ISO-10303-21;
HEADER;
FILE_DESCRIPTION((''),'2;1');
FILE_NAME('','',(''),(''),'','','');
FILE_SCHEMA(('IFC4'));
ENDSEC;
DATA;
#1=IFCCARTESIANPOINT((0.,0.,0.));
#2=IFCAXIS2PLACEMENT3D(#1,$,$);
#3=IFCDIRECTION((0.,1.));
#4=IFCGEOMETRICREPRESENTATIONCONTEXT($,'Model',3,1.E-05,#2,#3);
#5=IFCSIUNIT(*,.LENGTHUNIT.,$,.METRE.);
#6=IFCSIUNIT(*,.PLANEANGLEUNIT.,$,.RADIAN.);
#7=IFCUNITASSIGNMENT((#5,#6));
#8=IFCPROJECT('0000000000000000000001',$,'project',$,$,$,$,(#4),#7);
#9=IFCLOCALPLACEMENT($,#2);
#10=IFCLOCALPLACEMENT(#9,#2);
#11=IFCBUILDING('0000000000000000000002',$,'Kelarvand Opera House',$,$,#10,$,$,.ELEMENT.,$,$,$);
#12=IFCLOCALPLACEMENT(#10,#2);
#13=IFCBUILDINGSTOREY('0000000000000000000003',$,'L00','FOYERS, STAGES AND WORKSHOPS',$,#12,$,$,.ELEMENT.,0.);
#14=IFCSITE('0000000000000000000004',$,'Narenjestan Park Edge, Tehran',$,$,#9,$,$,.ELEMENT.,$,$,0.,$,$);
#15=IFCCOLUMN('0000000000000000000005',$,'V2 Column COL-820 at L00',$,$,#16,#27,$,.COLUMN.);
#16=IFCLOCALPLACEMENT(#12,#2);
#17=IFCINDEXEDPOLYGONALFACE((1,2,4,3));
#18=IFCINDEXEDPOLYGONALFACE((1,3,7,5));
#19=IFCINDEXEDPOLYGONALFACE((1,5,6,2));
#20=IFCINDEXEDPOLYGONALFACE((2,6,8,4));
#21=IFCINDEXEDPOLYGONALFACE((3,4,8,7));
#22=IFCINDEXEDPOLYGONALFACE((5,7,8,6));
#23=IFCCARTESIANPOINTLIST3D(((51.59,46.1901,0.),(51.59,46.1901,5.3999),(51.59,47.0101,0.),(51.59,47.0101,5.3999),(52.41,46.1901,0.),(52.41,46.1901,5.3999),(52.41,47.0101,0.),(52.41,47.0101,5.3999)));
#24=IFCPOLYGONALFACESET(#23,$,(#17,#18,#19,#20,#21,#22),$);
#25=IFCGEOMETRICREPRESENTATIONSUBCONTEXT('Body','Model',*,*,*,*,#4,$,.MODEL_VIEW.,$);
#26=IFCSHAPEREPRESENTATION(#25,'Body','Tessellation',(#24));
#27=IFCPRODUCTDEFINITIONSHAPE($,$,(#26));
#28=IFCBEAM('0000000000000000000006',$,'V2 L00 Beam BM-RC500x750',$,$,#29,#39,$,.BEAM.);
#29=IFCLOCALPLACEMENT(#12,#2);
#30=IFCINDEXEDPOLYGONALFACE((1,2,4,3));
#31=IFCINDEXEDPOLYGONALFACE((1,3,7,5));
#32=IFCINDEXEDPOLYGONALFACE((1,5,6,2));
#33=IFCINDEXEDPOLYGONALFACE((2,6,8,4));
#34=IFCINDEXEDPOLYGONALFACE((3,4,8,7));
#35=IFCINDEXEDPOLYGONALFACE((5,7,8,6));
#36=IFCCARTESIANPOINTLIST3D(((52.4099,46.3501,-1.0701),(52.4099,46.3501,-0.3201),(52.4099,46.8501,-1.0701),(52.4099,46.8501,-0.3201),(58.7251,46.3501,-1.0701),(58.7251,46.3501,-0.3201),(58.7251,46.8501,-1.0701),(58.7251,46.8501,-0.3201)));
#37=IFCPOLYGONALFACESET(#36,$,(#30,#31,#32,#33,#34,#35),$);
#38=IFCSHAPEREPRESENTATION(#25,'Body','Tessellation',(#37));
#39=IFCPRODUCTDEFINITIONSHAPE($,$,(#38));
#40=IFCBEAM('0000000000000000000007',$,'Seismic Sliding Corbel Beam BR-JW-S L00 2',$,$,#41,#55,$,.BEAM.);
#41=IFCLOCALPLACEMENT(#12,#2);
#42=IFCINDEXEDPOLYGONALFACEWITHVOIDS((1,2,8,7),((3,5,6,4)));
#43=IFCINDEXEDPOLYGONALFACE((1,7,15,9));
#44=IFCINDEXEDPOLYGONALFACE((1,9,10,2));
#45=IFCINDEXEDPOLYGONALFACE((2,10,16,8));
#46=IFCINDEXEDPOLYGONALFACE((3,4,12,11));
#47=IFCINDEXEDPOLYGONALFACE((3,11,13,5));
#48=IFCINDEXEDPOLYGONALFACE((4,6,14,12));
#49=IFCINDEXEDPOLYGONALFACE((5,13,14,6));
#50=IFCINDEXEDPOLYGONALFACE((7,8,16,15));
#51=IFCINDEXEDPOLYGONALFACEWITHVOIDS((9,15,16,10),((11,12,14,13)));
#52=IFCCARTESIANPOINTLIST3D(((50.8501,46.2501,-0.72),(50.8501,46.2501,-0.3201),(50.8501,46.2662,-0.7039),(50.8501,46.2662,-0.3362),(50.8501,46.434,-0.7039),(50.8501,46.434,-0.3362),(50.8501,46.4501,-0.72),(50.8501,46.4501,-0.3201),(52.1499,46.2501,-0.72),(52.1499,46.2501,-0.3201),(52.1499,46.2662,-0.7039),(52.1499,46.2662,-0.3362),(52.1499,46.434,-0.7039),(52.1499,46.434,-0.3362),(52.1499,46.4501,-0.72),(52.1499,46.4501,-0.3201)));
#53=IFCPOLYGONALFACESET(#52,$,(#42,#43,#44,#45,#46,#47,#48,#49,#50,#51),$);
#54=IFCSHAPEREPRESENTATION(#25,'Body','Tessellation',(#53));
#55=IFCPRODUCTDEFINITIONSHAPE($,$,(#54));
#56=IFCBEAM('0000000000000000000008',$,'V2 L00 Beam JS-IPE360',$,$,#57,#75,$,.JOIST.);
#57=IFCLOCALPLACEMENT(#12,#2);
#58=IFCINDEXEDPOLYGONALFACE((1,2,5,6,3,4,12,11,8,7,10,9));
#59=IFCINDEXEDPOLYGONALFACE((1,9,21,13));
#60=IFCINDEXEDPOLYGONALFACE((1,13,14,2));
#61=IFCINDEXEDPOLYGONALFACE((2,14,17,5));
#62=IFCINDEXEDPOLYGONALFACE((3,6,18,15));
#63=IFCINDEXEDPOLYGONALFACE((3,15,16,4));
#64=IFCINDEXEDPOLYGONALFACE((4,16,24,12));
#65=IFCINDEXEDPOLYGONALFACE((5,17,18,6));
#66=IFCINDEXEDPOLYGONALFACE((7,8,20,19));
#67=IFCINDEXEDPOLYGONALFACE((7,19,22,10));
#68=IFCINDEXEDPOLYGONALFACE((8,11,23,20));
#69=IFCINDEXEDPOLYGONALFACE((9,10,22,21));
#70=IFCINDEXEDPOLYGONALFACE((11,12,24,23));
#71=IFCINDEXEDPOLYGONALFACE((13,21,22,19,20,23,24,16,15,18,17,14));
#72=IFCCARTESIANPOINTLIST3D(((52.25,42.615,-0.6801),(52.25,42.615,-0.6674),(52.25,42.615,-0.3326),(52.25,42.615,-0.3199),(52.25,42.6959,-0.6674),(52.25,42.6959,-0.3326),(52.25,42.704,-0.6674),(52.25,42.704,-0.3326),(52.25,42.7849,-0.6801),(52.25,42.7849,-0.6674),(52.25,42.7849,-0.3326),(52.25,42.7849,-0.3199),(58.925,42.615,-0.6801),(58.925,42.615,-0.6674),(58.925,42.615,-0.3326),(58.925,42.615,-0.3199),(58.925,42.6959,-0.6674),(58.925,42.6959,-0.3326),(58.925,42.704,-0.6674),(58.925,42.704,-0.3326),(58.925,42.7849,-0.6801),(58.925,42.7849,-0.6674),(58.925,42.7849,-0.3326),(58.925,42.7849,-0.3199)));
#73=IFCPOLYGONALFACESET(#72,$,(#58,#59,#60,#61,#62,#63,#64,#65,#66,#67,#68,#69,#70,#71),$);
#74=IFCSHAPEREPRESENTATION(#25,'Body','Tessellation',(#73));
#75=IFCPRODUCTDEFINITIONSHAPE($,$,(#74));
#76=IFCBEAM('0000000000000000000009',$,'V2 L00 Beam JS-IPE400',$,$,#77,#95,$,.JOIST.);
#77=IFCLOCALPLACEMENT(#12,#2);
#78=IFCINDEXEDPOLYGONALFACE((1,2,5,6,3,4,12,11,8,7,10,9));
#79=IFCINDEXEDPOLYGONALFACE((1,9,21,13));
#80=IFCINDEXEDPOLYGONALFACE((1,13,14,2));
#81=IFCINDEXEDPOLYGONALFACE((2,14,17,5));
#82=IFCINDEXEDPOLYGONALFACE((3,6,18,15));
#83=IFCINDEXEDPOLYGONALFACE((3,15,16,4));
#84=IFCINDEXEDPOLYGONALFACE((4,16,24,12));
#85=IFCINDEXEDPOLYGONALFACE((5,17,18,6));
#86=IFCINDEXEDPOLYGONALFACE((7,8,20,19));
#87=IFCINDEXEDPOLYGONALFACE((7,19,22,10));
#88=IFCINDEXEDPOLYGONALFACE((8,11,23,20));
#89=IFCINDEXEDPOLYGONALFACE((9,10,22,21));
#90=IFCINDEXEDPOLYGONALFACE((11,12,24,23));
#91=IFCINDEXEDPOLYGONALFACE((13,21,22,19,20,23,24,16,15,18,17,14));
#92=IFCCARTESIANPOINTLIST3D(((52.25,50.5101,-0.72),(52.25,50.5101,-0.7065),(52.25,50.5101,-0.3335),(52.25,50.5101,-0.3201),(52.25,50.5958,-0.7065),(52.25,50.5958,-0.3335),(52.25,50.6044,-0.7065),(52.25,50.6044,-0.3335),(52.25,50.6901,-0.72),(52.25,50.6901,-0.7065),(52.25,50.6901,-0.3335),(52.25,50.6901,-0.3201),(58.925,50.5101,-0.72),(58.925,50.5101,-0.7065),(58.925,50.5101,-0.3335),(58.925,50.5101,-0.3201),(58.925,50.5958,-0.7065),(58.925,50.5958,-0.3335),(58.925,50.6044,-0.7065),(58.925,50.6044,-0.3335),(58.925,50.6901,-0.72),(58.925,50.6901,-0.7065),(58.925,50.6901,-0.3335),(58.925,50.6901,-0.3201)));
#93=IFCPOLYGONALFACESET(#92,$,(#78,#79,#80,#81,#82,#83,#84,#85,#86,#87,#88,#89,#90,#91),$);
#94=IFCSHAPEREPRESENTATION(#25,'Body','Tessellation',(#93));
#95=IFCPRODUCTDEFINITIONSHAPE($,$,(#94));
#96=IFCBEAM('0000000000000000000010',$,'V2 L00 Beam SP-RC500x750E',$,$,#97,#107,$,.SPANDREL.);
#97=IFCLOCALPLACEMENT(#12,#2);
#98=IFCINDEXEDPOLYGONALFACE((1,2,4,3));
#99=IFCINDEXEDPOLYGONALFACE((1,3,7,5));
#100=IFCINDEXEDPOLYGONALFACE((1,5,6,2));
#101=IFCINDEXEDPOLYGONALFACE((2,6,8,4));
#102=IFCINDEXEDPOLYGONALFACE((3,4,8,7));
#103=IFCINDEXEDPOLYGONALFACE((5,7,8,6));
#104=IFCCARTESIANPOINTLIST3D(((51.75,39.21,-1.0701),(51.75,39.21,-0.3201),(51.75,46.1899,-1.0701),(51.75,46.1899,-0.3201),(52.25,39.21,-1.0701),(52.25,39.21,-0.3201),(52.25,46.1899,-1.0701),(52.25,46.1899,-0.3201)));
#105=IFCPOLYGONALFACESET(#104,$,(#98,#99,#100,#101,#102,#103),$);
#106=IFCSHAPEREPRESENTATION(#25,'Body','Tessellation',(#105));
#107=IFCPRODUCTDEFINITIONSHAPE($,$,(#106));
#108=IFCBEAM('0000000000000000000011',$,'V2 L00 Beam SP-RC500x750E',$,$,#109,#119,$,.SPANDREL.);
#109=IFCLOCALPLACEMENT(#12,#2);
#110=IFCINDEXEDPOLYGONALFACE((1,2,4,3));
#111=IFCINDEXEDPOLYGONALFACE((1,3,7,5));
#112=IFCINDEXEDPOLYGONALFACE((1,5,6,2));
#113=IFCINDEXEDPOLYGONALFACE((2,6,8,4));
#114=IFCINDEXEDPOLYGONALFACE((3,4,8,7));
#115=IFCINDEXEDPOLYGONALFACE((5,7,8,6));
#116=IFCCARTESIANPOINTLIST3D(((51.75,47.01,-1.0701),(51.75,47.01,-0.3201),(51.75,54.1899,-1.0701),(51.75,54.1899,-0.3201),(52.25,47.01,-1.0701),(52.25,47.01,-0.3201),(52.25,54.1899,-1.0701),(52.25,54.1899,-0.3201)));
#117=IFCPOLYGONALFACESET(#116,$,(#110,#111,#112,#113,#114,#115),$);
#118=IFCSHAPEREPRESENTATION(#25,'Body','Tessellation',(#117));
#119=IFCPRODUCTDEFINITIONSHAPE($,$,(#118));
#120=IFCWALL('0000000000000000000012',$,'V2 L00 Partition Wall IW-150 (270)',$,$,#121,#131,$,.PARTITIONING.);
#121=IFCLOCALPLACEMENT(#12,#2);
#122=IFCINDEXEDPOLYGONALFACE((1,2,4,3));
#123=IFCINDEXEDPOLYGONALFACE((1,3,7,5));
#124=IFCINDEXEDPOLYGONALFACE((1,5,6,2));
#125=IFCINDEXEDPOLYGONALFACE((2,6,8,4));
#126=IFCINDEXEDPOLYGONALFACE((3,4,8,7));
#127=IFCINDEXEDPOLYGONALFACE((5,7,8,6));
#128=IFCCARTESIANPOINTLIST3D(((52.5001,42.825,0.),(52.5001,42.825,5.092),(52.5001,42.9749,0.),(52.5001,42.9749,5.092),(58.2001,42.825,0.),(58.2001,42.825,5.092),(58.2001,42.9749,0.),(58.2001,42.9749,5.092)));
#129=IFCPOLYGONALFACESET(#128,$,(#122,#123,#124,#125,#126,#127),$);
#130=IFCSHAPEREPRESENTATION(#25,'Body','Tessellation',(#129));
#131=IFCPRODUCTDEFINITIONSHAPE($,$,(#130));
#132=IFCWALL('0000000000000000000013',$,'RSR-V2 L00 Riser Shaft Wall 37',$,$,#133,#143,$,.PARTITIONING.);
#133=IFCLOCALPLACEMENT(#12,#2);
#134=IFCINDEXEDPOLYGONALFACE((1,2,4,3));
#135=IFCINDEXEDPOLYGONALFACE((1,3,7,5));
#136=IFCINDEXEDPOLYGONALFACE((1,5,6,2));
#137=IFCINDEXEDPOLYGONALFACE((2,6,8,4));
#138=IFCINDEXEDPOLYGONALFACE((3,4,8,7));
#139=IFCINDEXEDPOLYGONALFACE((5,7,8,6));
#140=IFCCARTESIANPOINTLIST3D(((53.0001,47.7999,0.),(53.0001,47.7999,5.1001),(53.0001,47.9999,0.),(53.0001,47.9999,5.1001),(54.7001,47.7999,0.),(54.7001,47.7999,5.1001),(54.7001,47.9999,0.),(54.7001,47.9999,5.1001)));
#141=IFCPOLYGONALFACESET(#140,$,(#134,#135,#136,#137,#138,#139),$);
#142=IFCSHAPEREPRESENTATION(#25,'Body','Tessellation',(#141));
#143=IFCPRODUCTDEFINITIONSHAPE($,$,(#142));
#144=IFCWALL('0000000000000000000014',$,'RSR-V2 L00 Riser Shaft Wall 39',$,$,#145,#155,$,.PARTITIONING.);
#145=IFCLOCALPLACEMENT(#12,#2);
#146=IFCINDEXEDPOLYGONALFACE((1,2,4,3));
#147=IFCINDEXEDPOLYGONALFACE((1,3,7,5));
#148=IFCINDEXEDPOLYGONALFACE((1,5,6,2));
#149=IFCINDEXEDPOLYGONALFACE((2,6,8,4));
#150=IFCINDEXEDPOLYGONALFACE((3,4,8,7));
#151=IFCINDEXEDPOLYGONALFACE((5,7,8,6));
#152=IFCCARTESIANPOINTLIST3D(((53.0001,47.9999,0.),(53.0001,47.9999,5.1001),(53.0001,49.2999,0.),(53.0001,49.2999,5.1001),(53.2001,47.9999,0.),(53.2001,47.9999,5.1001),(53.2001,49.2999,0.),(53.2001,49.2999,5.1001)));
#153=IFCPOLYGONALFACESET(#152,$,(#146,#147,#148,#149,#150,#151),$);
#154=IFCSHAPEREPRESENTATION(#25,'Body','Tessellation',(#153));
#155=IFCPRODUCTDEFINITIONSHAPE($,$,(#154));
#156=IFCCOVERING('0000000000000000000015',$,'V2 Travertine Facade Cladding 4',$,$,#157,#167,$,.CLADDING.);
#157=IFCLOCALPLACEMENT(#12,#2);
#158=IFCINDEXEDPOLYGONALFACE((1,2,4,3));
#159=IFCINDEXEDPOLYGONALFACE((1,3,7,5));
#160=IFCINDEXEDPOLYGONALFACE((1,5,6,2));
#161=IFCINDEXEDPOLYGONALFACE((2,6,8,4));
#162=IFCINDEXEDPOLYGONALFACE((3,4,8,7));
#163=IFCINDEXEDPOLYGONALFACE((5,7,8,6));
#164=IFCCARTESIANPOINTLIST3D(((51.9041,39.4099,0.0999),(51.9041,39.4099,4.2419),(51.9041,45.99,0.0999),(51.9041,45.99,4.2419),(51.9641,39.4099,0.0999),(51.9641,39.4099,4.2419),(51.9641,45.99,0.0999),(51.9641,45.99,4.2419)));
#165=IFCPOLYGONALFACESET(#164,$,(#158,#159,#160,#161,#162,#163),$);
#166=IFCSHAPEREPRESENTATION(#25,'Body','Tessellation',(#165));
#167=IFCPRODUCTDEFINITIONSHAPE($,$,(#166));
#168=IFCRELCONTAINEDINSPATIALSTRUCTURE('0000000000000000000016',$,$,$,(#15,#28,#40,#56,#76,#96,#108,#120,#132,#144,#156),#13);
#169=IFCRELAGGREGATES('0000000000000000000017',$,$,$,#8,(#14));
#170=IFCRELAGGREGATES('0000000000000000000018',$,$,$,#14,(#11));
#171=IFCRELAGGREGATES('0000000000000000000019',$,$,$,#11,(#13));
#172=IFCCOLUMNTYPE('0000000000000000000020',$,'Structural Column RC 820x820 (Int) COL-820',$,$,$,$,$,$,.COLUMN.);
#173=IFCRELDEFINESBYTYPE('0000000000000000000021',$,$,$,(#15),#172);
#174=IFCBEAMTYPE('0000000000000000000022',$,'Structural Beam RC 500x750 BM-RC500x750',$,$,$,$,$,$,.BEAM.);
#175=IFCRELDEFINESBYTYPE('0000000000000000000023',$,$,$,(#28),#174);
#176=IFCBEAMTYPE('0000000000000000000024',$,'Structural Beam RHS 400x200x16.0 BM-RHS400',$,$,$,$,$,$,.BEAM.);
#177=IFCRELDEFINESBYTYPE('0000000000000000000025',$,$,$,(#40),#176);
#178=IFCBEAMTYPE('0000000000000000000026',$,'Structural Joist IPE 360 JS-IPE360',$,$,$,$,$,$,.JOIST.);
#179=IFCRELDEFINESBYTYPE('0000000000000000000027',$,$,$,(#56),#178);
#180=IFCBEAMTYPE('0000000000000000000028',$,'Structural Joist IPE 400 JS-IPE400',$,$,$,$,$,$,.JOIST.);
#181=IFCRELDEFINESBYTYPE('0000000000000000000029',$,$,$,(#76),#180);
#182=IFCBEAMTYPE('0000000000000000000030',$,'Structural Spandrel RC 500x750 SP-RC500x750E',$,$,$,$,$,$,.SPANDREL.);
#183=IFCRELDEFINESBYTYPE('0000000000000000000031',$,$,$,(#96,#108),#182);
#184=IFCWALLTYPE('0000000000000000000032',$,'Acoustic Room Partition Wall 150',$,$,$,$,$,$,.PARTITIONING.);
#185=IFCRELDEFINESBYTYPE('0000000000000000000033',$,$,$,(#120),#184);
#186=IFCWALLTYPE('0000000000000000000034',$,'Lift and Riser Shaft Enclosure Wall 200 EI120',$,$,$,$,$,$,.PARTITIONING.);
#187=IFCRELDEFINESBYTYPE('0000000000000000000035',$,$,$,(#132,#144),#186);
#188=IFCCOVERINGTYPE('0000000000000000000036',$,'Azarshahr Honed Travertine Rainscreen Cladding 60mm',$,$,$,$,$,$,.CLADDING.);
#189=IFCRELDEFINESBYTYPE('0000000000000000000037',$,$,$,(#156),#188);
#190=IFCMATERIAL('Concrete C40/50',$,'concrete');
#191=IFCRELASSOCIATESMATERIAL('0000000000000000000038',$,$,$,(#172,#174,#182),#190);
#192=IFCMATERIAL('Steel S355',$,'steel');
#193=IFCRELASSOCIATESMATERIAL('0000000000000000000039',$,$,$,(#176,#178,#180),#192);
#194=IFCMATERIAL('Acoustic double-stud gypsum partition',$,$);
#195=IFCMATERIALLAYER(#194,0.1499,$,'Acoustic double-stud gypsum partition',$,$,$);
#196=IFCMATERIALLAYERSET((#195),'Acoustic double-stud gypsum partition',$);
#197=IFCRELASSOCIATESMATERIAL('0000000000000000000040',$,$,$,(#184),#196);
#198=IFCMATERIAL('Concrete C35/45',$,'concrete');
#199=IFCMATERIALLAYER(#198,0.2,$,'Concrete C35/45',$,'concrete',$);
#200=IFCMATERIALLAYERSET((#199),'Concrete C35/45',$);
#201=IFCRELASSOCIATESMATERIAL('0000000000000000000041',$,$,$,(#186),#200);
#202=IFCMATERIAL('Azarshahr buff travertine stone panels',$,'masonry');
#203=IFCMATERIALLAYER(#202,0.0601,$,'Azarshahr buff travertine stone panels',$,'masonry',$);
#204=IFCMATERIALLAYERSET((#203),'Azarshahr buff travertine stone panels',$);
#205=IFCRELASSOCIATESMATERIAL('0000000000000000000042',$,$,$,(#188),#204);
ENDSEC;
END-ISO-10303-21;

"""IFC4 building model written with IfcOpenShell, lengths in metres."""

from ifc_helpers import new_model, si_unit, direction, frame, frame_2d, origin, origin_2d, place, context, subcontext, project, spatial, rectangle, hollow_rectangle, i_section, extrude, material, layer, layer_set, material_profile, profile_set, type_object, element, save


model = new_model("IFC4")

# Units and contexts
model_context = context("Model", 3, precision=1e-05, world=origin(), true_north=direction((0.0, 1.0)))
body_context = subcontext(model_context, "Body", "Model", "MODEL_VIEW")
ifc_project = project(units=[si_unit("LENGTHUNIT", "METRE"), si_unit("PLANEANGLEUNIT", "RADIAN")], contexts=[model_context])

# Site, building, storey
site_placement = place(None, origin())
site = spatial("IfcSite", under=ifc_project, at=site_placement, Name="Narenjestan Park Edge, Tehran", CompositionType="ELEMENT", RefElevation=0.0)
building_placement = place(site_placement, origin())
building = spatial("IfcBuilding", under=site, at=building_placement, Name="Kelarvand Opera House", CompositionType="ELEMENT")
storey_placement = place(building_placement, origin())
storey = spatial("IfcBuildingStorey", under=building, at=storey_placement, Name="L00", Description="FOYERS, STAGES AND WORKSHOPS", CompositionType="ELEMENT", Elevation=0.0)

# Column
ifc_material_1 = material(Name="Concrete C40/50", Category="concrete")
ifc_material_profile_1 = material_profile(ifc_material_1, rectangle(XDim=0.8201, YDim=0.8201, at=origin_2d()), Name="RC 820x820", Category="concrete")
ifc_profile_set_1 = profile_set([ifc_material_profile_1], Name="Concrete C40/50")
column_type = type_object("IfcColumnType", Name="Structural Column RC 820x820 (Int) COL-820", PredefinedType="COLUMN", material=ifc_profile_set_1)
column_placement = place(storey_placement, frame((52.0, 46.6001, 0.0), z_axis=(0.0, 0.0, 1.0), x_axis=(1.0, 0.0, 0.0)))
element("IfcColumn", 1, at=column_placement, inside=storey, type_object=column_type, Name="V2 Column COL-820 at L00", PredefinedType="COLUMN", context=body_context, shape_type="SweptSolid", body=[
    extrude(rectangle(XDim=0.8201, YDim=0.8201, at=origin_2d()), origin(), (0.0, 0.0, 1.0), 5.3999),
])

# Beams
ifc_material_profile_2 = material_profile(ifc_material_1, rectangle(XDim=0.5, YDim=0.75, at=origin_2d()), Name="RC 500x750", Category="concrete")
ifc_profile_set_2 = profile_set([ifc_material_profile_2], Name="Concrete C40/50")
beam_type_1 = type_object("IfcBeamType", Name="Structural Beam RC 500x750 BM-RC500x750", PredefinedType="BEAM", material=ifc_profile_set_2)
beam_1_placement = place(storey_placement, frame((52.4099, 46.6001, -0.6951), z_axis=(1.0, 0.0, 0.0), x_axis=(0.0, 1.0, 0.0)))
element("IfcBeam", 2, at=beam_1_placement, inside=storey, type_object=beam_type_1, Name="V2 L00 Beam BM-RC500x750", PredefinedType="BEAM", context=body_context, shape_type="SweptSolid", body=[
    extrude(rectangle(XDim=0.5, YDim=0.75, at=origin_2d()), origin(), (0.0, 0.0, 1.0), 6.3152),
])
ifc_material_2 = material(Name="Steel S355", Category="steel")
ifc_material_profile_3 = material_profile(ifc_material_2, hollow_rectangle(XDim=0.2, YDim=0.3999, WallThickness=0.0161, at=origin_2d()), Name="RHS 400x200x16.0", Category="steel")
ifc_profile_set_3 = profile_set([ifc_material_profile_3], Name="Steel S355")
beam_type_2 = type_object("IfcBeamType", Name="Structural Beam RHS 400x200x16.0 BM-RHS400", PredefinedType="BEAM", material=ifc_profile_set_3)
beam_2_placement = place(storey_placement, frame((50.8501, 46.3501, -0.52), z_axis=(1.0, 0.0, 0.0), x_axis=(0.0, 1.0, 0.0)))
element("IfcBeam", 3, at=beam_2_placement, inside=storey, type_object=beam_type_2, Name="Seismic Sliding Corbel Beam BR-JW-S L00 2", PredefinedType="BEAM", context=body_context, shape_type="SweptSolid", body=[
    extrude(hollow_rectangle(XDim=0.2, YDim=0.3999, WallThickness=0.0161, at=origin_2d()), origin(), (0.0, 0.0, 1.0), 1.2998),
])
ifc_material_profile_4 = material_profile(ifc_material_2, i_section(OverallWidth=0.1699, OverallDepth=0.3601, WebThickness=0.0081, FlangeThickness=0.0127, at=origin_2d()), Name="IPE 360", Category="steel")
ifc_profile_set_4 = profile_set([ifc_material_profile_4], Name="Steel S355")
beam_type_3 = type_object("IfcBeamType", Name="Structural Joist IPE 360 JS-IPE360", PredefinedType="JOIST", material=ifc_profile_set_4)
beam_3_placement = place(storey_placement, frame((52.25, 42.7, -0.5), z_axis=(1.0, 0.0, 0.0), x_axis=(0.0, 1.0, 0.0)))
element("IfcBeam", 4, at=beam_3_placement, inside=storey, type_object=beam_type_3, Name="V2 L00 Beam JS-IPE360", PredefinedType="JOIST", context=body_context, shape_type="SweptSolid", body=[
    extrude(i_section(OverallWidth=0.1699, OverallDepth=0.3601, WebThickness=0.0081, FlangeThickness=0.0127, at=origin_2d()), origin(), (0.0, 0.0, 1.0), 6.675),
])
ifc_material_profile_5 = material_profile(ifc_material_2, i_section(OverallWidth=0.1799, OverallDepth=0.3999, WebThickness=0.0085, FlangeThickness=0.0134, at=origin_2d()), Name="IPE 400", Category="steel")
ifc_profile_set_5 = profile_set([ifc_material_profile_5], Name="Steel S355")
beam_type_4 = type_object("IfcBeamType", Name="Structural Joist IPE 400 JS-IPE400", PredefinedType="JOIST", material=ifc_profile_set_5)
beam_4_placement = place(storey_placement, frame((52.25, 50.6001, -0.52), z_axis=(1.0, 0.0, 0.0), x_axis=(0.0, 1.0, 0.0)))
element("IfcBeam", 5, at=beam_4_placement, inside=storey, type_object=beam_type_4, Name="V2 L00 Beam JS-IPE400", PredefinedType="JOIST", context=body_context, shape_type="SweptSolid", body=[
    extrude(i_section(OverallWidth=0.1799, OverallDepth=0.3999, WebThickness=0.0085, FlangeThickness=0.0134, at=origin_2d()), origin(), (0.0, 0.0, 1.0), 6.675),
])
ifc_material_profile_6 = material_profile(ifc_material_1, rectangle(XDim=0.5, YDim=0.75, at=origin_2d()), Name="RC 500x750", Category="concrete")
ifc_profile_set_6 = profile_set([ifc_material_profile_6], Name="Concrete C40/50")
beam_type_5 = type_object("IfcBeamType", Name="Structural Spandrel RC 500x750 SP-RC500x750E", PredefinedType="SPANDREL", material=ifc_profile_set_6)
beam_5_placement = place(storey_placement, frame((52.0, 39.21, -0.6951), z_axis=(0.0, 1.0, 0.0), x_axis=(-1.0, 0.0, 0.0)))
element("IfcBeam", 6, at=beam_5_placement, inside=storey, type_object=beam_type_5, Name="V2 L00 Beam SP-RC500x750E", PredefinedType="SPANDREL", context=body_context, shape_type="SweptSolid", body=[
    extrude(rectangle(XDim=0.5, YDim=0.75, at=origin_2d()), origin(), (0.0, 0.0, 1.0), 6.98),
])
beam_6_placement = place(storey_placement, frame((52.0, 47.01, -0.6951), z_axis=(0.0, 1.0, 0.0), x_axis=(-1.0, 0.0, 0.0)))
element("IfcBeam", 7, at=beam_6_placement, inside=storey, type_object=beam_type_5, Name="V2 L00 Beam SP-RC500x750E", PredefinedType="SPANDREL", context=body_context, shape_type="SweptSolid", body=[
    extrude(rectangle(XDim=0.5, YDim=0.75, at=origin_2d()), origin(), (0.0, 0.0, 1.0), 7.1799),
])

# Walls
ifc_material_3 = material(Name="Acoustic double-stud gypsum partition")
ifc_layer_1 = layer(ifc_material_3, 0.1499, Name="Acoustic double-stud gypsum partition")
ifc_layer_set_1 = layer_set([ifc_layer_1], Name="Acoustic double-stud gypsum partition")
wall_type_1 = type_object("IfcWallType", Name="Acoustic Room Partition Wall 150", PredefinedType="PARTITIONING", material=ifc_layer_set_1)
wall_1_placement = place(storey_placement, frame((52.5, 42.8999, 0.0), z_axis=(0.0, 0.0, 1.0), x_axis=(1.0, 0.0, 0.0)))
element("IfcWall", 8, at=wall_1_placement, inside=storey, type_object=wall_type_1, Name="V2 L00 Partition Wall IW-150 (270)", PredefinedType="PARTITIONING", context=body_context, shape_type="SweptSolid", body=[
    extrude(rectangle(XDim=5.7, YDim=0.1499, at=frame_2d((2.8501, 0.0))), origin(), (0.0, 0.0, 1.0), 5.092),
])
ifc_material_4 = material(Name="Concrete C35/45", Category="concrete")
ifc_layer_2 = layer(ifc_material_4, 0.2, Name="Concrete C35/45", Category="concrete")
ifc_layer_set_2 = layer_set([ifc_layer_2], Name="Concrete C35/45")
wall_type_2 = type_object("IfcWallType", Name="Lift and Riser Shaft Enclosure Wall 200 EI120", PredefinedType="PARTITIONING", material=ifc_layer_set_2)
wall_2_placement = place(storey_placement, frame((53.0, 47.8999, 0.0), z_axis=(0.0, 0.0, 1.0), x_axis=(1.0, 0.0, 0.0)))
element("IfcWall", 9, at=wall_2_placement, inside=storey, type_object=wall_type_2, Name="RSR-V2 L00 Riser Shaft Wall 37", PredefinedType="PARTITIONING", context=body_context, shape_type="SweptSolid", body=[
    extrude(rectangle(XDim=1.7, YDim=0.2, at=frame_2d((0.8501, 0.0))), origin(), (0.0, 0.0, 1.0), 5.1001),
])
wall_3_placement = place(storey_placement, frame((53.1001, 48.0, 0.0), z_axis=(0.0, 0.0, 1.0), x_axis=(0.0, 1.0, 0.0)))
element("IfcWall", 10, at=wall_3_placement, inside=storey, type_object=wall_type_2, Name="RSR-V2 L00 Riser Shaft Wall 39", PredefinedType="PARTITIONING", context=body_context, shape_type="SweptSolid", body=[
    extrude(rectangle(XDim=1.3, YDim=0.2, at=frame_2d((0.6499, 0.0))), origin(), (0.0, 0.0, 1.0), 5.1001),
])

# Covering
ifc_material_5 = material(Name="Azarshahr buff travertine stone panels", Category="masonry")
ifc_layer_3 = layer(ifc_material_5, 0.0601, Name="Azarshahr buff travertine stone panels", Category="masonry")
ifc_layer_set_3 = layer_set([ifc_layer_3], Name="Azarshahr buff travertine stone panels")
covering_type = type_object("IfcCoveringType", Name="Azarshahr Honed Travertine Rainscreen Cladding 60mm", PredefinedType="CLADDING", material=ifc_layer_set_3)
covering_placement = place(storey_placement, frame((51.9341, 42.7, 0.0999), z_axis=(0.0, 0.0, 1.0), x_axis=(0.0, 1.0, 0.0)))
element("IfcCovering", 11, at=covering_placement, inside=storey, type_object=covering_type, Name="V2 Travertine Facade Cladding 4", PredefinedType="CLADDING", context=body_context, shape_type="SweptSolid", body=[
    extrude(rectangle(XDim=6.5801, YDim=0.0601, at=origin_2d()), origin(), (0.0, 0.0, 1.0), 4.1421),
])

save(model, "model.ifc")
